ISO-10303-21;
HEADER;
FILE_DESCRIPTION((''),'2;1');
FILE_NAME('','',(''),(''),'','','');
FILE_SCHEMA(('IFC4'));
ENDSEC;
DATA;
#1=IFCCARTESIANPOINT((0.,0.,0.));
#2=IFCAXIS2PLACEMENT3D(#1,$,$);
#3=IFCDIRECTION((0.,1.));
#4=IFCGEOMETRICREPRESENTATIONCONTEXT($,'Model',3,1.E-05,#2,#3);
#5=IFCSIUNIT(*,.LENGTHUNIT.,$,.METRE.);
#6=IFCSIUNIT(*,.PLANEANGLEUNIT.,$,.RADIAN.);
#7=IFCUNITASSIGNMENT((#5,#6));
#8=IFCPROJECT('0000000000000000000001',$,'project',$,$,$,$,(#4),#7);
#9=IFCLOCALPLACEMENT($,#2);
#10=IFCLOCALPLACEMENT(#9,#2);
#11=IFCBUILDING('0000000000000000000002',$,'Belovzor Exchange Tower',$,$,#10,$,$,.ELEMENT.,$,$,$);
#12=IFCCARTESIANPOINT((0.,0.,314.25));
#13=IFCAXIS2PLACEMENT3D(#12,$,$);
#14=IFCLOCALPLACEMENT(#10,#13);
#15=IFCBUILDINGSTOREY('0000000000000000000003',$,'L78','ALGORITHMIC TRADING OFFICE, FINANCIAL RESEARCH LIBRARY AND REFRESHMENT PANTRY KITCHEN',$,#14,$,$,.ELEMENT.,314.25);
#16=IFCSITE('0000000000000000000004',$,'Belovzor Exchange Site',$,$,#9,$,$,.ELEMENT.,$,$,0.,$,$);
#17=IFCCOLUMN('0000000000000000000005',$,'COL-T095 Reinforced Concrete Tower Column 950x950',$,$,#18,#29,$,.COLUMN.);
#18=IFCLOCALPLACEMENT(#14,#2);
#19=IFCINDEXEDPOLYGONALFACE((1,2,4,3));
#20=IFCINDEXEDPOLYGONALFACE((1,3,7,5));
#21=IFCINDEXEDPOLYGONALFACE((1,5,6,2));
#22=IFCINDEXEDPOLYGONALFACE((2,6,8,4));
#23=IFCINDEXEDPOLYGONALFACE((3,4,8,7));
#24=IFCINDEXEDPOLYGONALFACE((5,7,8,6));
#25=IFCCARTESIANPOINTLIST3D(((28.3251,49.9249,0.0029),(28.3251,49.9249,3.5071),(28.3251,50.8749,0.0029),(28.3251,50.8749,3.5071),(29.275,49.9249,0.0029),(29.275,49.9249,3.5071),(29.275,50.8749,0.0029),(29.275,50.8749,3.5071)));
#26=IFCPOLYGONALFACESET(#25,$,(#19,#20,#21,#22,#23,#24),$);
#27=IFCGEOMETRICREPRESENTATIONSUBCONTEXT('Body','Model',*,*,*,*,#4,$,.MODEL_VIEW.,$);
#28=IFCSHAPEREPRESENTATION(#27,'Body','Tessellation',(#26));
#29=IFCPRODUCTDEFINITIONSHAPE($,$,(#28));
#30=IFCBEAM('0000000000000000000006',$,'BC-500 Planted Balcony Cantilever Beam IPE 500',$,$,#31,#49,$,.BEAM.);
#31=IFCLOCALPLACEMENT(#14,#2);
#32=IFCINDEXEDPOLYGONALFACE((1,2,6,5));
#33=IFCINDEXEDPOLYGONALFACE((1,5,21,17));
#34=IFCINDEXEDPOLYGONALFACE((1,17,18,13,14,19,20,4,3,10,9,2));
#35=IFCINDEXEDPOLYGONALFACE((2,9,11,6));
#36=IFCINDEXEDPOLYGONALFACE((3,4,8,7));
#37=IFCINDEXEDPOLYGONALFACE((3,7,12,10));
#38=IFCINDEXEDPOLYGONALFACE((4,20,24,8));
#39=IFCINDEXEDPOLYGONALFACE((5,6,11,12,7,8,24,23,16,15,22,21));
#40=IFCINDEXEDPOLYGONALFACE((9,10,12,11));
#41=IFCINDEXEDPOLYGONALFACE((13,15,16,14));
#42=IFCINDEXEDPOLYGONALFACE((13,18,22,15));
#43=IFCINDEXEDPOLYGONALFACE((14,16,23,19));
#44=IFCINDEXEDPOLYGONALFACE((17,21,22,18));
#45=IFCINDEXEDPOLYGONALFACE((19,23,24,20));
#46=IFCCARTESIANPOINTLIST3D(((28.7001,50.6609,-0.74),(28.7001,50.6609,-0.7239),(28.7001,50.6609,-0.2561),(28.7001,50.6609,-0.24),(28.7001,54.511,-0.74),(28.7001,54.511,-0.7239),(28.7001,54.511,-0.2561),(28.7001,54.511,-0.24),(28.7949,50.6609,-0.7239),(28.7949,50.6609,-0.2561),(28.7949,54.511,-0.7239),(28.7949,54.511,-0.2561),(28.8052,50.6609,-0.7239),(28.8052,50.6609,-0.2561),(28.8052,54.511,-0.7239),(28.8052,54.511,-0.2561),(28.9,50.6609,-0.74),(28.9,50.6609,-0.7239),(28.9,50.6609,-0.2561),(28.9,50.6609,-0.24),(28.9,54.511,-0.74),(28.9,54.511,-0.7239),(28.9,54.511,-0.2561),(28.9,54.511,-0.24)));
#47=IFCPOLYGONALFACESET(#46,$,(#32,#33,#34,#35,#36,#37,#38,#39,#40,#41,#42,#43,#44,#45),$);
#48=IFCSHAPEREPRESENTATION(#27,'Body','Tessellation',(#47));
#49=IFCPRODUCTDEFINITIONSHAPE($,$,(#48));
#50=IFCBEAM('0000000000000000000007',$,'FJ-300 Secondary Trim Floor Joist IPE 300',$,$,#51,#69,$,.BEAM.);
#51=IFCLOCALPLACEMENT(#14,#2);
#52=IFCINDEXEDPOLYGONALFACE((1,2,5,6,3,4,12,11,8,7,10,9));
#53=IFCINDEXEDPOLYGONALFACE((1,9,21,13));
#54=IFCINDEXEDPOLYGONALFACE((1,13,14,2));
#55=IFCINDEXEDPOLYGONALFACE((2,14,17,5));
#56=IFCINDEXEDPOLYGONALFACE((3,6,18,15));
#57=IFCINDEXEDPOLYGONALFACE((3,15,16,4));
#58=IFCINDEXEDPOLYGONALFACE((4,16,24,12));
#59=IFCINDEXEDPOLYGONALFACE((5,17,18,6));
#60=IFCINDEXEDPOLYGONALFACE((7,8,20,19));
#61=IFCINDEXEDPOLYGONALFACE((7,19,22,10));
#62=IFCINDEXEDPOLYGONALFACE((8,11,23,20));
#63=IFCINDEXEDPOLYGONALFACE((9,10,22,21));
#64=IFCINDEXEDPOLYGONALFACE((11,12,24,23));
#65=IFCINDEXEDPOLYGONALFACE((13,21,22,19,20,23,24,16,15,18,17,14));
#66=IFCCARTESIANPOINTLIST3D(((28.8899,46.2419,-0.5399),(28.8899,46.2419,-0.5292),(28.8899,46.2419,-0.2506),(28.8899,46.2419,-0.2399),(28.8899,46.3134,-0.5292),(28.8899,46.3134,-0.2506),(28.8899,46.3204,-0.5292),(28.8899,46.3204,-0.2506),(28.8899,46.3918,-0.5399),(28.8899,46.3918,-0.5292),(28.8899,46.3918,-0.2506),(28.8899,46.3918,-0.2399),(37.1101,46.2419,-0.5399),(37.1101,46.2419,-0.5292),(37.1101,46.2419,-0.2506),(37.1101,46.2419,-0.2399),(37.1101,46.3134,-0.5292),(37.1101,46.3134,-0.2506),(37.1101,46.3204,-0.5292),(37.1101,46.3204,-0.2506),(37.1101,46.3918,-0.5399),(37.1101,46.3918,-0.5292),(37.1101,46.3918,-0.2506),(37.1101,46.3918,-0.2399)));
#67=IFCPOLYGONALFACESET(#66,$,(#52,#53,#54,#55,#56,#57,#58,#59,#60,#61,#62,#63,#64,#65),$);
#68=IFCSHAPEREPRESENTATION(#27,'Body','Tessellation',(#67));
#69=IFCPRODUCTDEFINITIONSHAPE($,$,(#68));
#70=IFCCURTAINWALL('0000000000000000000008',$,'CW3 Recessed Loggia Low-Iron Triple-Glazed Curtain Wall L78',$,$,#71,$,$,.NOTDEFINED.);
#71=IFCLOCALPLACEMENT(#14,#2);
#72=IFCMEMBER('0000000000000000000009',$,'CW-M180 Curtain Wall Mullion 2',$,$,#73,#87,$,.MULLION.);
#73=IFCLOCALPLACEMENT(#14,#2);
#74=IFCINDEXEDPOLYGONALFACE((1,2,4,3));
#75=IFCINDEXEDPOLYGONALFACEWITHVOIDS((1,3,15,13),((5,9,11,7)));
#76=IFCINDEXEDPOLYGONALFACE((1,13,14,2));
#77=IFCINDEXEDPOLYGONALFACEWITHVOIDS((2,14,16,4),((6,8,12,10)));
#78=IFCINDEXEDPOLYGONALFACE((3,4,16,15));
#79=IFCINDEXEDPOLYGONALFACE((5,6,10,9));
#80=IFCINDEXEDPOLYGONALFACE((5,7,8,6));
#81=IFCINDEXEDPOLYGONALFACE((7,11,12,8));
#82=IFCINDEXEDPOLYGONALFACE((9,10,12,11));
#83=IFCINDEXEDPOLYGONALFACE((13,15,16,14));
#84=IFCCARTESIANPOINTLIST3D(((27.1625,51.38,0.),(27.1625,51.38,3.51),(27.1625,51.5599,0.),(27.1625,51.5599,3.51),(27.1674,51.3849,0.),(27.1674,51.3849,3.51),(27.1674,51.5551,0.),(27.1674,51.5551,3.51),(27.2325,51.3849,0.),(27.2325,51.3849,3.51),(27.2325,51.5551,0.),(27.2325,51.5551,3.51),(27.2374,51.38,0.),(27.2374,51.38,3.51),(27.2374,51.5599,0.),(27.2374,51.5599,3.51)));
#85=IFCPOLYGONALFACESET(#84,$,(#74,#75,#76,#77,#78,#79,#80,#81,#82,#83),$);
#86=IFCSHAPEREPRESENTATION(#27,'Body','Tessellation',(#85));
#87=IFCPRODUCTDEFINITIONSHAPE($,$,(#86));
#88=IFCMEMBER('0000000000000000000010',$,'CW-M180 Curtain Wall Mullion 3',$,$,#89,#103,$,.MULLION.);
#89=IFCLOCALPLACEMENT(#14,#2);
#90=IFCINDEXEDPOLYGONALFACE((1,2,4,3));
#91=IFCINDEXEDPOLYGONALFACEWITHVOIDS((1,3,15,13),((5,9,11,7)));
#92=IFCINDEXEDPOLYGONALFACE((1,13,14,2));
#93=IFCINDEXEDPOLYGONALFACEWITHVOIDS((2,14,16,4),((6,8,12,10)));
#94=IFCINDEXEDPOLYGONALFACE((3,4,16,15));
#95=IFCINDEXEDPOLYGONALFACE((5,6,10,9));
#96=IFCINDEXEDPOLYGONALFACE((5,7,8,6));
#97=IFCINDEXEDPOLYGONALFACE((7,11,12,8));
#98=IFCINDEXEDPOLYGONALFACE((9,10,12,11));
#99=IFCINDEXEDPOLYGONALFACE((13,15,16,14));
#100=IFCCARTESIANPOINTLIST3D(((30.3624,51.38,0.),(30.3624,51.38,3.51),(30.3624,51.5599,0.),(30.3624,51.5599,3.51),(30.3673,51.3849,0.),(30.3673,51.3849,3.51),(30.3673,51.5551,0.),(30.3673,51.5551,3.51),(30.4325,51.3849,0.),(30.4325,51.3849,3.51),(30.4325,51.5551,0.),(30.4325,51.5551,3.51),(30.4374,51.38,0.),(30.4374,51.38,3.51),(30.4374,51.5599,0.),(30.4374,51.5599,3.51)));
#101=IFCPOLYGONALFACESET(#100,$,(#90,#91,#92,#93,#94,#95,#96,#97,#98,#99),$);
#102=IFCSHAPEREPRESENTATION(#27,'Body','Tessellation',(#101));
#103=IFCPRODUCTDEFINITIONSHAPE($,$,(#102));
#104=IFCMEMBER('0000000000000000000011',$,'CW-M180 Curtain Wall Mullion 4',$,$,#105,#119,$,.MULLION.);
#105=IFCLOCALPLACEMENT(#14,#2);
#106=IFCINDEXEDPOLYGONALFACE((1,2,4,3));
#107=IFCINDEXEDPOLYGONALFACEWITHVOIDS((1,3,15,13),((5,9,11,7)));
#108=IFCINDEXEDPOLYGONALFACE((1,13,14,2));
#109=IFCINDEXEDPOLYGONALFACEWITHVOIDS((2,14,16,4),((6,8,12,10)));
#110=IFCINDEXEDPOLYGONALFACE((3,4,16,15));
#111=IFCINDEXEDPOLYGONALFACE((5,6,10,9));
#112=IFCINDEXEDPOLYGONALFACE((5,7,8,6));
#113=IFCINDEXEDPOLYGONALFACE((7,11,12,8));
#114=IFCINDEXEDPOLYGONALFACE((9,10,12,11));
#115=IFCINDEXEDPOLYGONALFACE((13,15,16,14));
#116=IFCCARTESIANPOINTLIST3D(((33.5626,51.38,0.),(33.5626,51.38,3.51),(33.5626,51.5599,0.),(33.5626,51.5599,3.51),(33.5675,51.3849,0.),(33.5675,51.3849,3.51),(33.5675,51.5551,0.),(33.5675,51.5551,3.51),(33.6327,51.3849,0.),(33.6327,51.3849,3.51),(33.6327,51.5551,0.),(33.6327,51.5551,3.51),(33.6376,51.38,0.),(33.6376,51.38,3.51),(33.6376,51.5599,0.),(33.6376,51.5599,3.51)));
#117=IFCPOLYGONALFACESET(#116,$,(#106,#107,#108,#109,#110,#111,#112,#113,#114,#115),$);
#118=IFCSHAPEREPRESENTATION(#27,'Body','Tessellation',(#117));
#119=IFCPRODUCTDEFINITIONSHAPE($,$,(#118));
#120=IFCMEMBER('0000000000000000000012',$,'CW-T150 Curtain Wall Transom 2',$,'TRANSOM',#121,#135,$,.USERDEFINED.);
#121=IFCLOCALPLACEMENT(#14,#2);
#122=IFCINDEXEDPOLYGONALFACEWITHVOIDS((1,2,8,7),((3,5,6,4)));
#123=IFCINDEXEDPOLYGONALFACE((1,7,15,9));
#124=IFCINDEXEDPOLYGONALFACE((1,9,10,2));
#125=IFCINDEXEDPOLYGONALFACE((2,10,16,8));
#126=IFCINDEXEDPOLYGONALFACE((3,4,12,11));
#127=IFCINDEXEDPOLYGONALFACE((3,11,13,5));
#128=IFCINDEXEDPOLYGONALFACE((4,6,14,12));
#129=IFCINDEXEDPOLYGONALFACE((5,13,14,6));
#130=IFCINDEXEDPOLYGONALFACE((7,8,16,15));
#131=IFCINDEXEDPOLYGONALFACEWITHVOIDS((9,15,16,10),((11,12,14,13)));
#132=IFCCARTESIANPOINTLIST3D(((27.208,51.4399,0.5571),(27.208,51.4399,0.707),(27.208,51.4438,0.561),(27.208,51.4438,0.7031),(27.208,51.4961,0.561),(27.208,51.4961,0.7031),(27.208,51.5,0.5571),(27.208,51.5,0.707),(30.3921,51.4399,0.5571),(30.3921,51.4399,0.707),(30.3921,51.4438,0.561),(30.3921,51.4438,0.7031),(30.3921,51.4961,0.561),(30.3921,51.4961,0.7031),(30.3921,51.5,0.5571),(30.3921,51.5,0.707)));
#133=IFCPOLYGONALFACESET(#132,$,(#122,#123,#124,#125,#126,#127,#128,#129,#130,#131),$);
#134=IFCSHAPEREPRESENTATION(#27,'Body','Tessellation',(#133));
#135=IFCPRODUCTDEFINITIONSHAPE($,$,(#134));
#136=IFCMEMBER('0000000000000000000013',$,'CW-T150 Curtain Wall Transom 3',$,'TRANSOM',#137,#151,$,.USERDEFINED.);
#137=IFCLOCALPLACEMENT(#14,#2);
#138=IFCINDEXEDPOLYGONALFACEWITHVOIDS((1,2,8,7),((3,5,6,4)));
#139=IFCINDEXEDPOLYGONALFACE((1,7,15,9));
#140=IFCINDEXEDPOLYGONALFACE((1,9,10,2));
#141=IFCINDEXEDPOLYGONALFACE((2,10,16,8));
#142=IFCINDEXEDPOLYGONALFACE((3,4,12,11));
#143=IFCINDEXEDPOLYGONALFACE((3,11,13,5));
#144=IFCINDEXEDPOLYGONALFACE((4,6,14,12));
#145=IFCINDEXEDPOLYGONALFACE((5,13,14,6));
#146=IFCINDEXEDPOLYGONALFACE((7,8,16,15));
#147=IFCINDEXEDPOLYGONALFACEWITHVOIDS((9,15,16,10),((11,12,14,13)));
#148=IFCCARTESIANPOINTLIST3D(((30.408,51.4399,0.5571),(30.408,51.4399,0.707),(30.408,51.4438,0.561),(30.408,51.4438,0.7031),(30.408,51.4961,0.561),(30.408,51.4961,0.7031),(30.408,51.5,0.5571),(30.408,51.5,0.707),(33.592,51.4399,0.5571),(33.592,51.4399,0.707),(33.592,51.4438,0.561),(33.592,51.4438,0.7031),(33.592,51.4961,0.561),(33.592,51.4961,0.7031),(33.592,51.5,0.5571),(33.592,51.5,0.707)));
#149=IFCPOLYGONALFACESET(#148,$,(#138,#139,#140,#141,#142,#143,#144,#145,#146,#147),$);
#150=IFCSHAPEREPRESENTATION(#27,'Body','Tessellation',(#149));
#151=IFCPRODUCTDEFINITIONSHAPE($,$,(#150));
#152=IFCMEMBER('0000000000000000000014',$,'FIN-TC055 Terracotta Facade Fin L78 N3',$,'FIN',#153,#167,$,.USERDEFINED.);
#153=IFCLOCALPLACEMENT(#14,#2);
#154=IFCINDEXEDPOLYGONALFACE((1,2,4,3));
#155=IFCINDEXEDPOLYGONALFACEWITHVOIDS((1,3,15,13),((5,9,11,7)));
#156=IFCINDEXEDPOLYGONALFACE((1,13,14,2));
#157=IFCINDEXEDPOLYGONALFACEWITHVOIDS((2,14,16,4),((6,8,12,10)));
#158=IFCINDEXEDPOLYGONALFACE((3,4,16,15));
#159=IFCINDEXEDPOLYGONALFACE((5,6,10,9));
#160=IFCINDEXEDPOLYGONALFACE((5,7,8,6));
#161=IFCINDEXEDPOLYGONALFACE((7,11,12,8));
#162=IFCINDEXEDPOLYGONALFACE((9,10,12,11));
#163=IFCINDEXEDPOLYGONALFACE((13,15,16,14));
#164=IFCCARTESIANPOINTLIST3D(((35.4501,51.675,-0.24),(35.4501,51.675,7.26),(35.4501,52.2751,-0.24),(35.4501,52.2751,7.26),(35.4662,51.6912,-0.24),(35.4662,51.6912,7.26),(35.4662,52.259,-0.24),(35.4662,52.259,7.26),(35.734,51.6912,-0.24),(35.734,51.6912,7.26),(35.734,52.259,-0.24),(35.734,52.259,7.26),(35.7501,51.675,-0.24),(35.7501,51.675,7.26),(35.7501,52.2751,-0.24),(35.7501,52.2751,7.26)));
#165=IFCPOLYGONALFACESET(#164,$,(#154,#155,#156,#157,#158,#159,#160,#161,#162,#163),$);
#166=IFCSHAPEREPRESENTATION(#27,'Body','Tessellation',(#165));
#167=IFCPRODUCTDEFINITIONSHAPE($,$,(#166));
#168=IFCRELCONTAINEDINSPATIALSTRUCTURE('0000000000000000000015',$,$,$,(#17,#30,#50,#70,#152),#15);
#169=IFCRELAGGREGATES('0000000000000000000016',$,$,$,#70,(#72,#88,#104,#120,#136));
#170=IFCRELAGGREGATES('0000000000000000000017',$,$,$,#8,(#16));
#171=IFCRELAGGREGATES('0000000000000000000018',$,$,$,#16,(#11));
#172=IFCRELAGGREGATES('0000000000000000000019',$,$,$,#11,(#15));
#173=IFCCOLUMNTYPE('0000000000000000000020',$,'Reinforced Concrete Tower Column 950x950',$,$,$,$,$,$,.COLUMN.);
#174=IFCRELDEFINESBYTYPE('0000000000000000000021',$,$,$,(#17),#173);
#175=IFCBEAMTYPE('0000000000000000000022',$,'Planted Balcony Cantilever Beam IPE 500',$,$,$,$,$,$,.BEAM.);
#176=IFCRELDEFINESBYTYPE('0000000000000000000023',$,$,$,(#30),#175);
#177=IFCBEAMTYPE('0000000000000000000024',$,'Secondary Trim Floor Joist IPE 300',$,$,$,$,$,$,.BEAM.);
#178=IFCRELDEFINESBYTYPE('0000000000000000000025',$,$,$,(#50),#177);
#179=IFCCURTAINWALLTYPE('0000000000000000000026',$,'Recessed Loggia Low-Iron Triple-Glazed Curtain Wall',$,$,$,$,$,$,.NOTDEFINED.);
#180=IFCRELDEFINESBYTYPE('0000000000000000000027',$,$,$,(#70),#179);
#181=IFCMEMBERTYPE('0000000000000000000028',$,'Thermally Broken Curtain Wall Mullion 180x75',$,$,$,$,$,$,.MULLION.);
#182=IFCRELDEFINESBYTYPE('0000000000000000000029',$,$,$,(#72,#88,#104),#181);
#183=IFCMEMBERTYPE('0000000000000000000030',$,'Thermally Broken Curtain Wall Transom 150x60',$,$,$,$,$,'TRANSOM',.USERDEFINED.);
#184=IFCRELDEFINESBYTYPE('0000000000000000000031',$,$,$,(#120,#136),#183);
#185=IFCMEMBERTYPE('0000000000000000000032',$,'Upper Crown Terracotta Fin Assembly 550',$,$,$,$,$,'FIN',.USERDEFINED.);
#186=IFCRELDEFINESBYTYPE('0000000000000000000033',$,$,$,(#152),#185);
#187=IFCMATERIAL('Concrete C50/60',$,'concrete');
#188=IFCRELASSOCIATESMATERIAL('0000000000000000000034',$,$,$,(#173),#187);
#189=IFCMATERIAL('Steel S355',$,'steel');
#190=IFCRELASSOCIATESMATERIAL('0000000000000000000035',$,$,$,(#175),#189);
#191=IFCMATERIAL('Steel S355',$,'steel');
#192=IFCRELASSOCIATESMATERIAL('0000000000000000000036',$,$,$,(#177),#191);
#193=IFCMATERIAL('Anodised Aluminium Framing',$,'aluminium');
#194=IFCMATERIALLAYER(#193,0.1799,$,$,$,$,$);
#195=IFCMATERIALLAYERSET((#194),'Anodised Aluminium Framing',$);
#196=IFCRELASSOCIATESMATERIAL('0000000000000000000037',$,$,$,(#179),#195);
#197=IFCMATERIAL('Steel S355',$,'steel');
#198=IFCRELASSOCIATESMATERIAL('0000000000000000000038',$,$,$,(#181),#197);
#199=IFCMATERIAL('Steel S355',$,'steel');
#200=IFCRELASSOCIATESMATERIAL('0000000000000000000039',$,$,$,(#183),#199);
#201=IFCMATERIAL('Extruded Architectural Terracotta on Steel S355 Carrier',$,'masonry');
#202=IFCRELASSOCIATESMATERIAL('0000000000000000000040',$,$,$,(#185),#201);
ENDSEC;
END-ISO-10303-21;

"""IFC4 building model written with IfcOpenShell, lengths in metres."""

from ifc_helpers import new_model, si_unit, direction, frame, origin, origin_2d, place, context, subcontext, project, spatial, rectangle, hollow_rectangle, i_section, extrude, material, layer, layer_set, material_profile, profile_set, type_object, element, aggregate, save


model = new_model("IFC4")

# Units and contexts
model_context = context("Model", 3, precision=1e-05, world=origin(), true_north=direction((0.0, 1.0)))
body_context = subcontext(model_context, "Body", "Model", "MODEL_VIEW")
ifc_project = project(units=[si_unit("LENGTHUNIT", "METRE"), si_unit("PLANEANGLEUNIT", "RADIAN")], contexts=[model_context])

# Site, building, storey
site_placement = place(None, origin())
site = spatial("IfcSite", under=ifc_project, at=site_placement, Name="Belovzor Exchange Site", CompositionType="ELEMENT", RefElevation=0.0)
building_placement = place(site_placement, origin())
building = spatial("IfcBuilding", under=site, at=building_placement, Name="Belovzor Exchange Tower", CompositionType="ELEMENT")
storey_placement = place(building_placement, frame((0.0, 0.0, 314.25)))
storey = spatial("IfcBuildingStorey", under=building, at=storey_placement, Name="L78", Description="ALGORITHMIC TRADING OFFICE, FINANCIAL RESEARCH LIBRARY AND REFRESHMENT PANTRY KITCHEN", CompositionType="ELEMENT", Elevation=314.25)

# Column
ifc_material_1 = material(Name="Concrete C50/60", Category="concrete")
ifc_material_profile_1 = material_profile(ifc_material_1, rectangle(XDim=0.95, YDim=0.95, at=origin_2d()))
ifc_profile_set_1 = profile_set([ifc_material_profile_1], Name="Concrete C50/60")
column_type = type_object("IfcColumnType", Name="Reinforced Concrete Tower Column 950x950", PredefinedType="COLUMN", material=ifc_profile_set_1)
column_placement = place(storey_placement, frame((28.8, 50.3999, 0.0029), z_axis=(0.0, 0.0, 1.0), x_axis=(1.0, 0.0, 0.0)))
element("IfcColumn", 1, at=column_placement, inside=storey, type_object=column_type, Name="COL-T095 Reinforced Concrete Tower Column 950x950", PredefinedType="COLUMN", context=body_context, shape_type="SweptSolid", body=[
    extrude(rectangle(XDim=0.95, YDim=0.95, at=origin_2d()), origin(), (0.0, 0.0, 1.0), 3.5042),
])

# Beams
ifc_material_2 = material(Name="Steel S355", Category="steel")
ifc_material_profile_2 = material_profile(ifc_material_2, i_section(OverallWidth=0.2, OverallDepth=0.5, WebThickness=0.0103, FlangeThickness=0.0161, at=origin_2d()))
ifc_profile_set_2 = profile_set([ifc_material_profile_2], Name="Steel S355")
beam_type_1 = type_object("IfcBeamType", Name="Planted Balcony Cantilever Beam IPE 500", PredefinedType="BEAM", material=ifc_profile_set_2)
beam_1_placement = place(storey_placement, frame((28.8, 50.6609, -0.49), z_axis=(0.0, 1.0, 0.0), x_axis=(-1.0, 0.0, 0.0)))
element("IfcBeam", 2, at=beam_1_placement, inside=storey, type_object=beam_type_1, Name="BC-500 Planted Balcony Cantilever Beam IPE 500", PredefinedType="BEAM", context=body_context, shape_type="SweptSolid", body=[
    extrude(i_section(OverallWidth=0.2, OverallDepth=0.5, WebThickness=0.0103, FlangeThickness=0.0161, at=origin_2d()), origin(), (0.0, 0.0, 1.0), 3.8501),
])
ifc_material_3 = material(Name="Steel S355", Category="steel")
ifc_material_profile_3 = material_profile(ifc_material_3, i_section(OverallWidth=0.1499, OverallDepth=0.3, WebThickness=0.0071, FlangeThickness=0.0107, at=origin_2d()))
ifc_profile_set_3 = profile_set([ifc_material_profile_3], Name="Steel S355")
beam_type_2 = type_object("IfcBeamType", Name="Secondary Trim Floor Joist IPE 300", PredefinedType="BEAM", material=ifc_profile_set_3)
beam_2_placement = place(storey_placement, frame((28.8899, 46.3169, -0.3899), z_axis=(1.0, 0.0, 0.0), x_axis=(0.0, 1.0, 0.0)))
element("IfcBeam", 3, at=beam_2_placement, inside=storey, type_object=beam_type_2, Name="FJ-300 Secondary Trim Floor Joist IPE 300", PredefinedType="BEAM", context=body_context, shape_type="SweptSolid", body=[
    extrude(i_section(OverallWidth=0.1499, OverallDepth=0.3, WebThickness=0.0071, FlangeThickness=0.0107, at=origin_2d()), origin(), (0.0, 0.0, 1.0), 8.2202),
])

# Curtain wall, members
ifc_material_4 = material(Name="Anodised Aluminium Framing", Category="aluminium")
ifc_layer_1 = layer(ifc_material_4, 0.1799)
ifc_layer_set_1 = layer_set([ifc_layer_1], Name="Anodised Aluminium Framing")
curtain_wall_type = type_object("IfcCurtainWallType", Name="Recessed Loggia Low-Iron Triple-Glazed Curtain Wall", PredefinedType="NOTDEFINED", material=ifc_layer_set_1)
curtain_wall_placement = place(storey_placement, origin())
curtain_wall = element("IfcCurtainWall", 4, at=curtain_wall_placement, inside=storey, type_object=curtain_wall_type, Name="CW3 Recessed Loggia Low-Iron Triple-Glazed Curtain Wall L78", PredefinedType="NOTDEFINED")
ifc_material_5 = material(Name="Steel S355", Category="steel")
ifc_material_profile_4 = material_profile(ifc_material_5, hollow_rectangle(XDim=0.075, YDim=0.1799, WallThickness=0.0049, at=origin_2d()))
ifc_profile_set_4 = profile_set([ifc_material_profile_4], Name="Steel S355")
member_type_1 = type_object("IfcMemberType", Name="Thermally Broken Curtain Wall Mullion 180x75", PredefinedType="MULLION", material=ifc_profile_set_4)
member_1_placement = place(storey_placement, frame((27.2, 51.47, 0.0), z_axis=(0.0, 0.0, 1.0), x_axis=(1.0, 0.0, 0.0)))
member_1 = element("IfcMember", 5, at=member_1_placement, type_object=member_type_1, Name="CW-M180 Curtain Wall Mullion 2", PredefinedType="MULLION", context=body_context, shape_type="SweptSolid", body=[
    extrude(hollow_rectangle(XDim=0.075, YDim=0.1799, WallThickness=0.0049, at=origin_2d()), origin(), (0.0, 0.0, 1.0), 3.51),
])
member_2_placement = place(storey_placement, frame((30.3999, 51.47, 0.0), z_axis=(0.0, 0.0, 1.0), x_axis=(1.0, 0.0, 0.0)))
member_2 = element("IfcMember", 6, at=member_2_placement, type_object=member_type_1, Name="CW-M180 Curtain Wall Mullion 3", PredefinedType="MULLION", context=body_context, shape_type="SweptSolid", body=[
    extrude(hollow_rectangle(XDim=0.075, YDim=0.1799, WallThickness=0.0049, at=origin_2d()), origin(), (0.0, 0.0, 1.0), 3.51),
])
member_3_placement = place(storey_placement, frame((33.6001, 51.47, 0.0), z_axis=(0.0, 0.0, 1.0), x_axis=(1.0, 0.0, 0.0)))
member_3 = element("IfcMember", 7, at=member_3_placement, type_object=member_type_1, Name="CW-M180 Curtain Wall Mullion 4", PredefinedType="MULLION", context=body_context, shape_type="SweptSolid", body=[
    extrude(hollow_rectangle(XDim=0.075, YDim=0.1799, WallThickness=0.0049, at=origin_2d()), origin(), (0.0, 0.0, 1.0), 3.51),
])
ifc_material_6 = material(Name="Steel S355", Category="steel")
ifc_material_profile_5 = material_profile(ifc_material_6, hollow_rectangle(XDim=0.0601, YDim=0.1499, WallThickness=0.0039, at=origin_2d()))
ifc_profile_set_5 = profile_set([ifc_material_profile_5], Name="Steel S355")
member_type_2 = type_object("IfcMemberType", Name="Thermally Broken Curtain Wall Transom 150x60", ElementType="TRANSOM", PredefinedType="USERDEFINED", material=ifc_profile_set_5)
member_4_placement = place(storey_placement, frame((27.208, 51.47, 0.6321), z_axis=(1.0, 0.0, 0.0), x_axis=(0.0, 1.0, 0.0)))
member_4 = element("IfcMember", 8, at=member_4_placement, type_object=member_type_2, Name="CW-T150 Curtain Wall Transom 2", ObjectType="TRANSOM", PredefinedType="USERDEFINED", context=body_context, shape_type="SweptSolid", body=[
    extrude(hollow_rectangle(XDim=0.0601, YDim=0.1499, WallThickness=0.0039, at=origin_2d()), origin(), (0.0, 0.0, 1.0), 3.1841),
])
member_5_placement = place(storey_placement, frame((30.408, 51.47, 0.6321), z_axis=(1.0, 0.0, 0.0), x_axis=(0.0, 1.0, 0.0)))
member_5 = element("IfcMember", 9, at=member_5_placement, type_object=member_type_2, Name="CW-T150 Curtain Wall Transom 3", ObjectType="TRANSOM", PredefinedType="USERDEFINED", context=body_context, shape_type="SweptSolid", body=[
    extrude(hollow_rectangle(XDim=0.0601, YDim=0.1499, WallThickness=0.0039, at=origin_2d()), origin(), (0.0, 0.0, 1.0), 3.1841),
])

# Member
ifc_material_7 = material(Name="Extruded Architectural Terracotta on Steel S355 Carrier", Category="masonry")
ifc_material_profile_6 = material_profile(ifc_material_7, hollow_rectangle(XDim=0.3, YDim=0.6001, WallThickness=0.0161, at=origin_2d()))
ifc_profile_set_6 = profile_set([ifc_material_profile_6], Name="Extruded Architectural Terracotta on Steel S355 Carrier")
member_type_3 = type_object("IfcMemberType", Name="Upper Crown Terracotta Fin Assembly 550", ElementType="FIN", PredefinedType="USERDEFINED", material=ifc_profile_set_6)
member_6_placement = place(storey_placement, frame((35.6001, 51.9751, -0.24), z_axis=(0.0, 0.0, 1.0), x_axis=(1.0, 0.0, 0.0)))
element("IfcMember", 10, at=member_6_placement, inside=storey, type_object=member_type_3, Name="FIN-TC055 Terracotta Facade Fin L78 N3", ObjectType="FIN", PredefinedType="USERDEFINED", context=body_context, shape_type="SweptSolid", body=[
    extrude(hollow_rectangle(XDim=0.3, YDim=0.6001, WallThickness=0.0161, at=origin_2d()), origin(), (0.0, 0.0, 1.0), 7.5),
])

aggregate(curtain_wall, [member_1, member_2, member_3, member_4, member_5])

save(model, "model.ifc")
